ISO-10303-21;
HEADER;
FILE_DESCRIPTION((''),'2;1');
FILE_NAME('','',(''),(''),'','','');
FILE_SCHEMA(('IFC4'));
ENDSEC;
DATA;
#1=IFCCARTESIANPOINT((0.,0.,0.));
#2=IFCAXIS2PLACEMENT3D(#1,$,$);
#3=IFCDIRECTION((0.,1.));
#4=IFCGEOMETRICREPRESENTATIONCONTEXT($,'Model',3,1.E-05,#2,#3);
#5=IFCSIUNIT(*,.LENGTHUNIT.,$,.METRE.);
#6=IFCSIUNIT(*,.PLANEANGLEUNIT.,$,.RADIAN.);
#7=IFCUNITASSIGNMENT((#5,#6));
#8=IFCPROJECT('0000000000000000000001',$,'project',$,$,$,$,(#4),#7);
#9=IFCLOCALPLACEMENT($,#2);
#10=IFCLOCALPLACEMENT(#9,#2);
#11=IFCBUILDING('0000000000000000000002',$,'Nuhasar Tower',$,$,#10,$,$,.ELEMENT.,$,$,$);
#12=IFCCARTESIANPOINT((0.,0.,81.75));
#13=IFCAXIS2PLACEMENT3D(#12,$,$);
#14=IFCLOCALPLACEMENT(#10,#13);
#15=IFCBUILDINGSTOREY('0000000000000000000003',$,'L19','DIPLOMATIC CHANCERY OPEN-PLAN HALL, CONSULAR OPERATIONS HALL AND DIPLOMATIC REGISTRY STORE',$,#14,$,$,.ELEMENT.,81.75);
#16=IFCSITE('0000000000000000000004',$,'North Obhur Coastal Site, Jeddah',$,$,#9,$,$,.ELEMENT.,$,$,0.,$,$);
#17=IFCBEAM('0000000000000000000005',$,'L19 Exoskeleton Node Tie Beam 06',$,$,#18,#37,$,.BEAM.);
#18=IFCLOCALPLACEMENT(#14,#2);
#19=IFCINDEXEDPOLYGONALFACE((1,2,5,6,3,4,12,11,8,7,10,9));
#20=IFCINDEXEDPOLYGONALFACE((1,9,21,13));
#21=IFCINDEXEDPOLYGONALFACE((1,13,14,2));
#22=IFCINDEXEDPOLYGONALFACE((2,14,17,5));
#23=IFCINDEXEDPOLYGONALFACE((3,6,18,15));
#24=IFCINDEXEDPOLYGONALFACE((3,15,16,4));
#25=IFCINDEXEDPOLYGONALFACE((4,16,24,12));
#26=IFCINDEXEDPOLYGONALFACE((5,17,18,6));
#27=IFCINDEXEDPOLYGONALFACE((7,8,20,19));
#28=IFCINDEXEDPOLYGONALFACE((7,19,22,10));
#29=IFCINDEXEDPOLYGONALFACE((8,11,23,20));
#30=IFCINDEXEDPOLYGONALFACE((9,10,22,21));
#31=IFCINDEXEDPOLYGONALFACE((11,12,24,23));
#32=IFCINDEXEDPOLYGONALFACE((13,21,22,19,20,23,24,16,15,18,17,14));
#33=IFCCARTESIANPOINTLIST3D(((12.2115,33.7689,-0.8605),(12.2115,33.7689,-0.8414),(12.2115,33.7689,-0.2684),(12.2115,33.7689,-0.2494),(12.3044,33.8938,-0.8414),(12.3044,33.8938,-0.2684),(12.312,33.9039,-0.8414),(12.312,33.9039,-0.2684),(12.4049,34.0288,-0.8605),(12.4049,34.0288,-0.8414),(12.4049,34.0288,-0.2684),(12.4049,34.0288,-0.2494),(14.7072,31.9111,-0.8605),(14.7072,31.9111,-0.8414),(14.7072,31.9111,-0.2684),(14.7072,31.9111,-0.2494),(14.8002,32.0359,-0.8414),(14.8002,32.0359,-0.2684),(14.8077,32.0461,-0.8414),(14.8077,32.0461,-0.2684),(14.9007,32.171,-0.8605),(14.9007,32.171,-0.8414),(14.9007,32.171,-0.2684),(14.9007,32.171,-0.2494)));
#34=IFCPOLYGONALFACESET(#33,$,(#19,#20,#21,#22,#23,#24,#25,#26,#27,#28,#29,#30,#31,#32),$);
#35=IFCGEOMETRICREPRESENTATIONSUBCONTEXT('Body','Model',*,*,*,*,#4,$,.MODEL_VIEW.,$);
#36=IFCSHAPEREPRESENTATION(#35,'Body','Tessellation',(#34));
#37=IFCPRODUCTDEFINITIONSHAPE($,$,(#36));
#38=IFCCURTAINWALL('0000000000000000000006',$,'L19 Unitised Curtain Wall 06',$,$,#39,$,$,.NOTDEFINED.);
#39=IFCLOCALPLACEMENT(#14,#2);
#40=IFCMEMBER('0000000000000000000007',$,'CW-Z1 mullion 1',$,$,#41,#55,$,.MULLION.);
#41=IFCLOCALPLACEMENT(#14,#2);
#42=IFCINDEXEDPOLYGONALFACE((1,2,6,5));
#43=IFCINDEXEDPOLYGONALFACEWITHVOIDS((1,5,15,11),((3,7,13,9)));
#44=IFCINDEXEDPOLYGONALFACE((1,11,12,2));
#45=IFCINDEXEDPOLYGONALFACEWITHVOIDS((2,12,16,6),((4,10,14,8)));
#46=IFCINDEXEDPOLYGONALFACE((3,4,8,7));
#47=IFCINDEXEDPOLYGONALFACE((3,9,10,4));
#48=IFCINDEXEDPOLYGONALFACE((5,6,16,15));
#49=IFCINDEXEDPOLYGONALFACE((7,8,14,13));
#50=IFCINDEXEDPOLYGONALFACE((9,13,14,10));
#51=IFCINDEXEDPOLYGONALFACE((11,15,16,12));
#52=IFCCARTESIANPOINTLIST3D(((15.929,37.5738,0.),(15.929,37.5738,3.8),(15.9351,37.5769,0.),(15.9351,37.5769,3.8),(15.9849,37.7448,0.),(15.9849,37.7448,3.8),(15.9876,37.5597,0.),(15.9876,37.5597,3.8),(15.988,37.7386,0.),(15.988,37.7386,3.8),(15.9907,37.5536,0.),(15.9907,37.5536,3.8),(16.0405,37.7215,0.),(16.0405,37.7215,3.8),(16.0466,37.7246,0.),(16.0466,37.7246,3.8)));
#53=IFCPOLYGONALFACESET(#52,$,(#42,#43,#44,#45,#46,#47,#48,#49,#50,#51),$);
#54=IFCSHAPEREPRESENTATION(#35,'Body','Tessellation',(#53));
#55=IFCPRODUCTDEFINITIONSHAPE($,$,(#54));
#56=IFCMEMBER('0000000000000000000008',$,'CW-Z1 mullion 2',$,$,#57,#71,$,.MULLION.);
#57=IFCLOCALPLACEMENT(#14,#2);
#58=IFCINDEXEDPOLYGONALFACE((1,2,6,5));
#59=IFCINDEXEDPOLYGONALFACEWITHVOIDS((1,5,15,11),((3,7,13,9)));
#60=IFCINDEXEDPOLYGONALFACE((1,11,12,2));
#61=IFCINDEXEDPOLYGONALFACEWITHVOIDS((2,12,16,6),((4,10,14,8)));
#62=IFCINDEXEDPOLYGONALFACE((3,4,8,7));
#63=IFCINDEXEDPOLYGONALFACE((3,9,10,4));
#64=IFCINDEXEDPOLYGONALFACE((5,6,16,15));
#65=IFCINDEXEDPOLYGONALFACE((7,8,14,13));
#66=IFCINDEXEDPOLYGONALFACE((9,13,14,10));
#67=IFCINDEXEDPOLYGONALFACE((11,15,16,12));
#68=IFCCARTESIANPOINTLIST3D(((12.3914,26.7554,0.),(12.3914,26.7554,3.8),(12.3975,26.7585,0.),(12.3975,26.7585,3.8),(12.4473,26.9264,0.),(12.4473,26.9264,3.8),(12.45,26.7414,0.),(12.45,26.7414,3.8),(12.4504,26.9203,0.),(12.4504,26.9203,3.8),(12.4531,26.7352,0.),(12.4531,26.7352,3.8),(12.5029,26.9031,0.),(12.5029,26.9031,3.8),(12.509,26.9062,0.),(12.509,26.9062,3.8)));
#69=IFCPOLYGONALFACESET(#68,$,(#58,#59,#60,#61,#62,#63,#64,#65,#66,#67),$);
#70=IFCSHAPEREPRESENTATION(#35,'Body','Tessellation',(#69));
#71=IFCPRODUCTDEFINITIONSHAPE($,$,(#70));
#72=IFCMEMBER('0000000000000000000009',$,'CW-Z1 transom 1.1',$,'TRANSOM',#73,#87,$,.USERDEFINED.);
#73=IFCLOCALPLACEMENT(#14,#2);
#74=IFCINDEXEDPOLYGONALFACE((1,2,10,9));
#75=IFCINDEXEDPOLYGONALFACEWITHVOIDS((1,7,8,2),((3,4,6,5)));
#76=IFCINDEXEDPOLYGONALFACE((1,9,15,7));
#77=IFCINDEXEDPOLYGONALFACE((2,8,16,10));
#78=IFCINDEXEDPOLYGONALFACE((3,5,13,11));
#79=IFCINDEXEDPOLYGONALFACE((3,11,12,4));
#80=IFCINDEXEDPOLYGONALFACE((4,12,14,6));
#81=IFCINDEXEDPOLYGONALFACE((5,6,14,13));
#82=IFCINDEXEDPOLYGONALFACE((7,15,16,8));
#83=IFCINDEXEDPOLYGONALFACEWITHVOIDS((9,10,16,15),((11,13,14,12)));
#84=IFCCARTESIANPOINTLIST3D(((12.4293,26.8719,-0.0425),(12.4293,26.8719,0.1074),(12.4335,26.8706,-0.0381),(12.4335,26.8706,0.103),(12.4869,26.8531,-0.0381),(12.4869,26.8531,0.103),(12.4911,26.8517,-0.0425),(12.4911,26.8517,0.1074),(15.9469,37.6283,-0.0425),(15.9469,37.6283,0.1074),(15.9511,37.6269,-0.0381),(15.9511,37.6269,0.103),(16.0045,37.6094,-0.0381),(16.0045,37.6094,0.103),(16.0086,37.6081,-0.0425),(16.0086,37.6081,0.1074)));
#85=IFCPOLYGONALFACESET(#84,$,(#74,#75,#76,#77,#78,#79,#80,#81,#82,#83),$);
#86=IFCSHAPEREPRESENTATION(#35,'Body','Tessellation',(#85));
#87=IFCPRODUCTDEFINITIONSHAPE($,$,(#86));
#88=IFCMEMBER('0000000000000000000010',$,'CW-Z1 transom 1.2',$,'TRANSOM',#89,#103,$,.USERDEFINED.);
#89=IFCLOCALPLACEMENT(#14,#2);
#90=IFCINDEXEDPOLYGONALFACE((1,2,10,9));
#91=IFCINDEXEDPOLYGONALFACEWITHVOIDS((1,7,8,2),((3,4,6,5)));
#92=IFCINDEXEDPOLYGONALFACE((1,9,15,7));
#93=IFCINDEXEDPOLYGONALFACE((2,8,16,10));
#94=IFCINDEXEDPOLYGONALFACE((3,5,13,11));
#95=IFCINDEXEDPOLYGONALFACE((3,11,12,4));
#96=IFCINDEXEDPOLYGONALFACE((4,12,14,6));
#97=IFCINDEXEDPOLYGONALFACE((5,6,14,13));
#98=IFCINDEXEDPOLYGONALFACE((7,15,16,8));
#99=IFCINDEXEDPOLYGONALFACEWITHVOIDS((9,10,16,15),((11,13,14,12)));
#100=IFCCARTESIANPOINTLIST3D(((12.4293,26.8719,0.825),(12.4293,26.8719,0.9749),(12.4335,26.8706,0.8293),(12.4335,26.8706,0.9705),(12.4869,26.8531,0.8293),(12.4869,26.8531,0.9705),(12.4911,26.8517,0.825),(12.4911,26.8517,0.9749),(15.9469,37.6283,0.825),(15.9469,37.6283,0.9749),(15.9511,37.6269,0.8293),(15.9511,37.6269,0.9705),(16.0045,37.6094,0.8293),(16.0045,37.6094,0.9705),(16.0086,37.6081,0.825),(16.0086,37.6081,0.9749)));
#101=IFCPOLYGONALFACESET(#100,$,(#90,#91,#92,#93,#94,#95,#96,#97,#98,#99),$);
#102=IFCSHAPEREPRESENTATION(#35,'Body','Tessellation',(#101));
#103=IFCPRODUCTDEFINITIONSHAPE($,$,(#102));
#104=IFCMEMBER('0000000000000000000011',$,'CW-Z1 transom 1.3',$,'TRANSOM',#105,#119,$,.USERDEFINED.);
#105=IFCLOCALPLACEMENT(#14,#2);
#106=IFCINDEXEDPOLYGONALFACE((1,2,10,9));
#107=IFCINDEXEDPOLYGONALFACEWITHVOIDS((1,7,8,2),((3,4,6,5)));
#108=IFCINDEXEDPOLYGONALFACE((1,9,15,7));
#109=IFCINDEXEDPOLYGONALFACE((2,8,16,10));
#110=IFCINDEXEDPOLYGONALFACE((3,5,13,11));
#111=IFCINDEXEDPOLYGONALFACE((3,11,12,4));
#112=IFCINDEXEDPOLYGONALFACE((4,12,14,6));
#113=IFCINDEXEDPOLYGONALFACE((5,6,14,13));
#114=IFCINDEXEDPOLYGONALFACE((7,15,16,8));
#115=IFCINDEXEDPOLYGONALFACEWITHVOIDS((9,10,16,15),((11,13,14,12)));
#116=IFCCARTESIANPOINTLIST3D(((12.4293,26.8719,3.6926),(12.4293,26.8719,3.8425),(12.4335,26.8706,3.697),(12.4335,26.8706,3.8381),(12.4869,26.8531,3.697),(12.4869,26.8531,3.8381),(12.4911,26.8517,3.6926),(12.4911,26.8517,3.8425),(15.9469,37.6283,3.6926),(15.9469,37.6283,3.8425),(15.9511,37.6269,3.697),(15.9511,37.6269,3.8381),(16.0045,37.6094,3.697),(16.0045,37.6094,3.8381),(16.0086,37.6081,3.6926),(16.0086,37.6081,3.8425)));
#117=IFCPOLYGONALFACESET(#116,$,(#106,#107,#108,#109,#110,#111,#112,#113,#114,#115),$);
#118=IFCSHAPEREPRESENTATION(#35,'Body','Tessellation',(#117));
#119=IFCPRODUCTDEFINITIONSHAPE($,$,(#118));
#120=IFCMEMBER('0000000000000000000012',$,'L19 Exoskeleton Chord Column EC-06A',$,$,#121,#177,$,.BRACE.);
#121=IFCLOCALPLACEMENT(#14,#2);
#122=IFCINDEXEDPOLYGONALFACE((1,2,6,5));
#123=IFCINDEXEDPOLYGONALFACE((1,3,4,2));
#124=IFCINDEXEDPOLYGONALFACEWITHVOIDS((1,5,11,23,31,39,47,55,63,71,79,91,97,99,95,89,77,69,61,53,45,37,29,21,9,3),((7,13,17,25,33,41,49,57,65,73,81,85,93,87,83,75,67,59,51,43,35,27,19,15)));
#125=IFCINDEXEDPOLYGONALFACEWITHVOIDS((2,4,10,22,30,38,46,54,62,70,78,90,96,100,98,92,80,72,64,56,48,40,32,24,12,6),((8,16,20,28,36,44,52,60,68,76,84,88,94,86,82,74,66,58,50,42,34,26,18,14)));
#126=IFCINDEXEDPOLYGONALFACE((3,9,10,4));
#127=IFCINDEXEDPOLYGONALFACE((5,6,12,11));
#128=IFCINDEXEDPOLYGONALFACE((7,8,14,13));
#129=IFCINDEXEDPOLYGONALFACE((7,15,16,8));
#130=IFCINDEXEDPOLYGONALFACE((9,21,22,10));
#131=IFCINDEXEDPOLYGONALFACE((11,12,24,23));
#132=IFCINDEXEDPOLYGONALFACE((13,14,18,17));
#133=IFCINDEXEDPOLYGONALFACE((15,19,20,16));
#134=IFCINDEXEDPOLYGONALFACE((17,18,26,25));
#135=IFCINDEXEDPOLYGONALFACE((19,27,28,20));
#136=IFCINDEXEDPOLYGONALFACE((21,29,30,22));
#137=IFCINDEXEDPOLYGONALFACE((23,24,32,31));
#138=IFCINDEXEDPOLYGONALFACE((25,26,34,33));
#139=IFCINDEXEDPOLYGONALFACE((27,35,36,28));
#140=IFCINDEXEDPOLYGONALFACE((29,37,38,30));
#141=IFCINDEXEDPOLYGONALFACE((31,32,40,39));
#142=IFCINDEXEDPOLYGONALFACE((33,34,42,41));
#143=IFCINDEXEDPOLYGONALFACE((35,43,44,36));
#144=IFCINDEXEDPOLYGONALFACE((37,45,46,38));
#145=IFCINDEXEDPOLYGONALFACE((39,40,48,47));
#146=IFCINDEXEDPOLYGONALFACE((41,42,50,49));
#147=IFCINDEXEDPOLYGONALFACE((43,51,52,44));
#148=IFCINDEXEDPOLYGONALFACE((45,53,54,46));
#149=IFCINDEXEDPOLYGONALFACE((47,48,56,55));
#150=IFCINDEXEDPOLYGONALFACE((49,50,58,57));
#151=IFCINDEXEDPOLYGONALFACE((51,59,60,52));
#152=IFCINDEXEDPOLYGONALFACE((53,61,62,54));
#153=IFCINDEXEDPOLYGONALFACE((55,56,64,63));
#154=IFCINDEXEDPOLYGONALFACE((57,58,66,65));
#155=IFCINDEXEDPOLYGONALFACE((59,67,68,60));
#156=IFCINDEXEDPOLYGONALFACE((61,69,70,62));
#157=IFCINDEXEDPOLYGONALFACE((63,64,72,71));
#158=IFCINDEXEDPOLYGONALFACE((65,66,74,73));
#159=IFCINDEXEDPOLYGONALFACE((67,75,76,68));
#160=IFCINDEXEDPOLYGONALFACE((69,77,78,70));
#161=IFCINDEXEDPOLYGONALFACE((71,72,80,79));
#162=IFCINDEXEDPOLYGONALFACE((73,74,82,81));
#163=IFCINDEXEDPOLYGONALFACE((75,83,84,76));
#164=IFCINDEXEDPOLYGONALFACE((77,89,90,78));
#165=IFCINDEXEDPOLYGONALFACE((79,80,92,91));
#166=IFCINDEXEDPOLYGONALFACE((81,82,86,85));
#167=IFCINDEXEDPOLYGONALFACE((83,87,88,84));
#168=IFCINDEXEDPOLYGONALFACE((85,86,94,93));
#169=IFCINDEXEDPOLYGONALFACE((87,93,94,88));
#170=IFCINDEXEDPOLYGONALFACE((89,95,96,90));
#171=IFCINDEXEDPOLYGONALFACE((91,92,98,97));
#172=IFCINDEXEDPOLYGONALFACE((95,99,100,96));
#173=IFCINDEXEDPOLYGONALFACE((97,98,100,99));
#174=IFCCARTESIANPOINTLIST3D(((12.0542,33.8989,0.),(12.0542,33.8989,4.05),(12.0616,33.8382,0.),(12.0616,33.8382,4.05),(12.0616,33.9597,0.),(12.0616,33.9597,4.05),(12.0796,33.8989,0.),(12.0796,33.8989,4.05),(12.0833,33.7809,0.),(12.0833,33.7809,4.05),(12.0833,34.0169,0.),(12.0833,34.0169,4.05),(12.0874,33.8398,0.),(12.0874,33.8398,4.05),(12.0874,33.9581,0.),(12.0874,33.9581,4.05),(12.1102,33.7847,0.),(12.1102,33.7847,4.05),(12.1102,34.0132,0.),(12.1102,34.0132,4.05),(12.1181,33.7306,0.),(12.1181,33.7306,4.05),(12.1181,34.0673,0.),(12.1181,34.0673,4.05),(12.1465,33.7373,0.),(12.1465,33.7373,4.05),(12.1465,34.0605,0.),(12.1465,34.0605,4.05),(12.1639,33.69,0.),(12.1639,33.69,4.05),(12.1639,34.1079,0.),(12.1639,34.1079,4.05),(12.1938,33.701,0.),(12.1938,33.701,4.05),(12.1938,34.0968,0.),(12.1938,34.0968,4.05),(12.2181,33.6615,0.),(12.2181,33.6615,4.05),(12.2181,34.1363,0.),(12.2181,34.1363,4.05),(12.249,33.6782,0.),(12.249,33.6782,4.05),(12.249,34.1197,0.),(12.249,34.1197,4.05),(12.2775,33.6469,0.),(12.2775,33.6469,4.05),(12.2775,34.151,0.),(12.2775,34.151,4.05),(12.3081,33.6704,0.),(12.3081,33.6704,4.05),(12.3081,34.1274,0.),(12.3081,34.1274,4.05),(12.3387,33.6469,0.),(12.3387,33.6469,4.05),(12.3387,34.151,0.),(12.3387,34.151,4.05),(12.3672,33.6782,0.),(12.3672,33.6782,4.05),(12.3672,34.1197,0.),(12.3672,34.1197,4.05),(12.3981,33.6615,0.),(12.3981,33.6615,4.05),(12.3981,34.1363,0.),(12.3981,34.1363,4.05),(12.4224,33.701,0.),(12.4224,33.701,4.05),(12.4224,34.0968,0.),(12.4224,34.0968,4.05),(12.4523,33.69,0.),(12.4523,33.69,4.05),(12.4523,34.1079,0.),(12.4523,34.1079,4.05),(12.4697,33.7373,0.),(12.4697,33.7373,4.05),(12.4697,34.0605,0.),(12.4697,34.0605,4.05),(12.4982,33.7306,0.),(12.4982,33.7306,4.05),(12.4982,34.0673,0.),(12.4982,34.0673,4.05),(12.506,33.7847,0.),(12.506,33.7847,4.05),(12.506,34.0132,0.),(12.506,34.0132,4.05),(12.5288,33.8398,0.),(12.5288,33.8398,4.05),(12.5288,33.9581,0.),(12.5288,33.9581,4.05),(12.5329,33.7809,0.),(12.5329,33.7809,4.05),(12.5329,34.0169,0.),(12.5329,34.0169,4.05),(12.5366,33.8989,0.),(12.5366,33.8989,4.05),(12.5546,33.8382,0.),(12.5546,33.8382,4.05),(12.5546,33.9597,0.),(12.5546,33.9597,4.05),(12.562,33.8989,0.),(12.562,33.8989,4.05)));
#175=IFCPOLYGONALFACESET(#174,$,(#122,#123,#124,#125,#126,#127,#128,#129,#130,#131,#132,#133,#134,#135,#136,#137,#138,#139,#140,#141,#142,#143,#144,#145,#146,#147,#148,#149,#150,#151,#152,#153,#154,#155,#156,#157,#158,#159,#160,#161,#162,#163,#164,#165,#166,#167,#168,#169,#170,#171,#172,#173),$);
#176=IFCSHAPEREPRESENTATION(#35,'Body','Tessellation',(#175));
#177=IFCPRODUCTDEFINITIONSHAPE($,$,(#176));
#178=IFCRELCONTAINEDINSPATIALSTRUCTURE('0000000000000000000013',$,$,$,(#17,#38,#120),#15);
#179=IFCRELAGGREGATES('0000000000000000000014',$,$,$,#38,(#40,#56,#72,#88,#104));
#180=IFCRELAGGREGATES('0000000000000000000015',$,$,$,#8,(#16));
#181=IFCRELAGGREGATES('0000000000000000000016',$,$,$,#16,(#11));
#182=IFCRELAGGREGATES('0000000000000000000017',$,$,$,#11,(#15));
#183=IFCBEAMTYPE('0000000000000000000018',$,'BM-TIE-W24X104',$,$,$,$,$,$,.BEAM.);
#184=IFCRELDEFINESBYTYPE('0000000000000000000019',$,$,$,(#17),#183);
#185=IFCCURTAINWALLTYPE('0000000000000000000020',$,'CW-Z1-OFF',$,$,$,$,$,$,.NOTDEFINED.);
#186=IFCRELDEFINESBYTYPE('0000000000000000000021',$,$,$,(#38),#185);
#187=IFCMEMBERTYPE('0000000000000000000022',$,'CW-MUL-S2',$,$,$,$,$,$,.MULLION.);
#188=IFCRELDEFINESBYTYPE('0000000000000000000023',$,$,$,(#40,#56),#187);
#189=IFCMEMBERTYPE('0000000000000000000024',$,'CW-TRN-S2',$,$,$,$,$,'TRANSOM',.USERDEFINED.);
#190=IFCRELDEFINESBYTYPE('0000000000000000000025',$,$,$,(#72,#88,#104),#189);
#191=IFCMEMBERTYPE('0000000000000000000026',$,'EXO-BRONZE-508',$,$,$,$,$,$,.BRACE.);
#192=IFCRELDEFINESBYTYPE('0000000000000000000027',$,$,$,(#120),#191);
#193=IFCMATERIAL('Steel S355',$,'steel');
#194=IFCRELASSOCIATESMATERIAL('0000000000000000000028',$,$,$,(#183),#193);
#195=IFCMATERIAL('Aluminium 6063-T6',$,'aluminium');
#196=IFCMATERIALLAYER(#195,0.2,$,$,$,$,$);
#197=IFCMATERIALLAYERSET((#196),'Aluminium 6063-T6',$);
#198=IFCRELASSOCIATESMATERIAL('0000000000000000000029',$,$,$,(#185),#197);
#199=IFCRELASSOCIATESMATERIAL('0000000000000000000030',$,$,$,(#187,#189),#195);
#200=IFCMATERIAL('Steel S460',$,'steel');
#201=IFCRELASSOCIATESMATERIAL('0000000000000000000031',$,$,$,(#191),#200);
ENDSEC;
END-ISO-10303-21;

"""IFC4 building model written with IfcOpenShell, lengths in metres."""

from ifc_helpers import new_model, si_unit, direction, frame, origin, origin_2d, place, context, subcontext, project, spatial, hollow_rectangle, hollow_circle, i_section, extrude, material, layer, layer_set, material_profile, profile_set, type_object, element, aggregate, save


model = new_model("IFC4")

# Units and contexts
model_context = context("Model", 3, precision=1e-05, world=origin(), true_north=direction((0.0, 1.0)))
body_context = subcontext(model_context, "Body", "Model", "MODEL_VIEW")
ifc_project = project(units=[si_unit("LENGTHUNIT", "METRE"), si_unit("PLANEANGLEUNIT", "RADIAN")], contexts=[model_context])

# Site, building, storey
site_placement = place(None, origin())
site = spatial("IfcSite", under=ifc_project, at=site_placement, Name="North Obhur Coastal Site, Jeddah", CompositionType="ELEMENT", RefElevation=0.0)
building_placement = place(site_placement, origin())
building = spatial("IfcBuilding", under=site, at=building_placement, Name="Nuhasar Tower", CompositionType="ELEMENT")
storey_placement = place(building_placement, frame((0.0, 0.0, 81.75)))
storey = spatial("IfcBuildingStorey", under=building, at=storey_placement, Name="L19", Description="DIPLOMATIC CHANCERY OPEN-PLAN HALL, CONSULAR OPERATIONS HALL AND DIPLOMATIC REGISTRY STORE", CompositionType="ELEMENT", Elevation=81.75)

# Beam
ifc_material_1 = material(Name="Steel S355", Category="steel")
ifc_material_profile_1 = material_profile(ifc_material_1, i_section(OverallWidth=0.324, OverallDepth=0.6111, WebThickness=0.0127, FlangeThickness=0.019, at=origin_2d()), Name="W24X104")
ifc_profile_set_1 = profile_set([ifc_material_profile_1], Name="Steel S355")
beam_type_1 = type_object("IfcBeamType", Name="BM-TIE-W24X104", PredefinedType="BEAM", material=ifc_profile_set_1)
beam_1_placement = place(storey_placement, frame((14.804, 32.041, -0.5549), z_axis=(-0.802151, 0.597121, 0.0), x_axis=(-0.597121, -0.802151, 0.0)))
element("IfcBeam", 1, at=beam_1_placement, inside=storey, type_object=beam_type_1, Name="L19 Exoskeleton Node Tie Beam 06", PredefinedType="BEAM", context=body_context, shape_type="SweptSolid", body=[
    extrude(i_section(OverallWidth=0.324, OverallDepth=0.6111, WebThickness=0.0127, FlangeThickness=0.019, at=origin_2d()), origin(), (0.0, 0.0, 1.0), 3.1113),
])

# Curtain wall, members
ifc_material_2 = material(Name="Aluminium 6063-T6", Category="aluminium")
ifc_layer_1 = layer(ifc_material_2, 0.2)
ifc_layer_set_1 = layer_set([ifc_layer_1], Name="Aluminium 6063-T6")
curtain_wall_type = type_object("IfcCurtainWallType", Name="CW-Z1-OFF", PredefinedType="NOTDEFINED", material=ifc_layer_set_1)
curtain_wall_placement = place(storey_placement, origin())
curtain_wall = element("IfcCurtainWall", 2, at=curtain_wall_placement, inside=storey, type_object=curtain_wall_type, Name="L19 Unitised Curtain Wall 06", PredefinedType="NOTDEFINED")
ifc_material_profile_2 = material_profile(ifc_material_2, hollow_rectangle(XDim=0.0649, YDim=0.1799, WallThickness=0.0049, at=origin_2d()), Name="CWM-2")
ifc_profile_set_2 = profile_set([ifc_material_profile_2], Name="Aluminium 6063-T6")
member_type_1 = type_object("IfcMemberType", Name="CW-MUL-S2", PredefinedType="MULLION", material=ifc_profile_set_2)
member_1_placement = place(storey_placement, frame((15.9878, 37.6492, 0.0), z_axis=(0.0, 0.0, 1.0), x_axis=(0.950468, -0.310824, 0.0)))
member_1 = element("IfcMember", 3, at=member_1_placement, type_object=member_type_1, Name="CW-Z1 mullion 1", PredefinedType="MULLION", context=body_context, shape_type="SweptSolid", body=[
    extrude(hollow_rectangle(XDim=0.0649, YDim=0.1799, WallThickness=0.0049, at=origin_2d()), origin(), (0.0, 0.0, 1.0), 3.8),
])
member_2_placement = place(storey_placement, frame((12.4502, 26.8308, 0.0), z_axis=(0.0, 0.0, 1.0), x_axis=(0.950468, -0.310824, 0.0)))
member_2 = element("IfcMember", 4, at=member_2_placement, type_object=member_type_1, Name="CW-Z1 mullion 2", PredefinedType="MULLION", context=body_context, shape_type="SweptSolid", body=[
    extrude(hollow_rectangle(XDim=0.0649, YDim=0.1799, WallThickness=0.0049, at=origin_2d()), origin(), (0.0, 0.0, 1.0), 3.8),
])
ifc_material_profile_3 = material_profile(ifc_material_2, hollow_rectangle(XDim=0.0649, YDim=0.1499, WallThickness=0.0044, at=origin_2d()), Name="CWT-2")
ifc_profile_set_3 = profile_set([ifc_material_profile_3], Name="Aluminium 6063-T6")
member_type_2 = type_object("IfcMemberType", Name="CW-TRN-S2", ElementType="TRANSOM", PredefinedType="USERDEFINED", material=ifc_profile_set_3)
member_3_placement = place(storey_placement, frame((15.9778, 37.6182, 0.0325), z_axis=(-0.310825, -0.950467, 0.0), x_axis=(0.950467, -0.310825, 0.0)))
member_3 = element("IfcMember", 5, at=member_3_placement, type_object=member_type_2, Name="CW-Z1 transom 1.1", ObjectType="TRANSOM", PredefinedType="USERDEFINED", context=body_context, shape_type="SweptSolid", body=[
    extrude(hollow_rectangle(XDim=0.0649, YDim=0.1499, WallThickness=0.0044, at=origin_2d()), origin(), (0.0, 0.0, 1.0), 11.3169),
])
member_4_placement = place(storey_placement, frame((15.9778, 37.6182, 0.8999), z_axis=(-0.310825, -0.950467, 0.0), x_axis=(0.950467, -0.310825, 0.0)))
member_4 = element("IfcMember", 6, at=member_4_placement, type_object=member_type_2, Name="CW-Z1 transom 1.2", ObjectType="TRANSOM", PredefinedType="USERDEFINED", context=body_context, shape_type="SweptSolid", body=[
    extrude(hollow_rectangle(XDim=0.0649, YDim=0.1499, WallThickness=0.0044, at=origin_2d()), origin(), (0.0, 0.0, 1.0), 11.3169),
])
member_5_placement = place(storey_placement, frame((15.9778, 37.6182, 3.7676), z_axis=(-0.310825, -0.950467, 0.0), x_axis=(0.950467, -0.310825, 0.0)))
member_5 = element("IfcMember", 7, at=member_5_placement, type_object=member_type_2, Name="CW-Z1 transom 1.3", ObjectType="TRANSOM", PredefinedType="USERDEFINED", context=body_context, shape_type="SweptSolid", body=[
    extrude(hollow_rectangle(XDim=0.0649, YDim=0.1499, WallThickness=0.0044, at=origin_2d()), origin(), (0.0, 0.0, 1.0), 11.3169),
])

# Member
ifc_material_3 = material(Name="Steel S460", Category="steel")
ifc_material_profile_4 = material_profile(ifc_material_3, hollow_circle(Radius=0.2539, WallThickness=0.0254, at=origin_2d()), Name="HSS508X25.4")
ifc_profile_set_4 = profile_set([ifc_material_profile_4], Name="Steel S460")
member_type_3 = type_object("IfcMemberType", Name="EXO-BRONZE-508", PredefinedType="BRACE", material=ifc_profile_set_4)
for number, where, z_axis, x_axis, name in (
    (8, (12.3081, 33.8989, 0.0), (0.0, 0.0, 1.0), (1.0, 0.0, 0.0), "L19 Exoskeleton Chord Column EC-06A"),
):
    element("IfcMember", number, at=place(storey_placement, frame(where, z_axis=z_axis, x_axis=x_axis)), inside=storey, type_object=member_type_3, Name=name, PredefinedType="BRACE", context=body_context, shape_type="SweptSolid", body=[
        extrude(hollow_circle(Radius=0.2539, WallThickness=0.0254, at=origin_2d()), origin(), (0.0, 0.0, 1.0), 4.05),
    ])

aggregate(curtain_wall, [member_1, member_2, member_3, member_4, member_5])

save(model, "model.ifc")
